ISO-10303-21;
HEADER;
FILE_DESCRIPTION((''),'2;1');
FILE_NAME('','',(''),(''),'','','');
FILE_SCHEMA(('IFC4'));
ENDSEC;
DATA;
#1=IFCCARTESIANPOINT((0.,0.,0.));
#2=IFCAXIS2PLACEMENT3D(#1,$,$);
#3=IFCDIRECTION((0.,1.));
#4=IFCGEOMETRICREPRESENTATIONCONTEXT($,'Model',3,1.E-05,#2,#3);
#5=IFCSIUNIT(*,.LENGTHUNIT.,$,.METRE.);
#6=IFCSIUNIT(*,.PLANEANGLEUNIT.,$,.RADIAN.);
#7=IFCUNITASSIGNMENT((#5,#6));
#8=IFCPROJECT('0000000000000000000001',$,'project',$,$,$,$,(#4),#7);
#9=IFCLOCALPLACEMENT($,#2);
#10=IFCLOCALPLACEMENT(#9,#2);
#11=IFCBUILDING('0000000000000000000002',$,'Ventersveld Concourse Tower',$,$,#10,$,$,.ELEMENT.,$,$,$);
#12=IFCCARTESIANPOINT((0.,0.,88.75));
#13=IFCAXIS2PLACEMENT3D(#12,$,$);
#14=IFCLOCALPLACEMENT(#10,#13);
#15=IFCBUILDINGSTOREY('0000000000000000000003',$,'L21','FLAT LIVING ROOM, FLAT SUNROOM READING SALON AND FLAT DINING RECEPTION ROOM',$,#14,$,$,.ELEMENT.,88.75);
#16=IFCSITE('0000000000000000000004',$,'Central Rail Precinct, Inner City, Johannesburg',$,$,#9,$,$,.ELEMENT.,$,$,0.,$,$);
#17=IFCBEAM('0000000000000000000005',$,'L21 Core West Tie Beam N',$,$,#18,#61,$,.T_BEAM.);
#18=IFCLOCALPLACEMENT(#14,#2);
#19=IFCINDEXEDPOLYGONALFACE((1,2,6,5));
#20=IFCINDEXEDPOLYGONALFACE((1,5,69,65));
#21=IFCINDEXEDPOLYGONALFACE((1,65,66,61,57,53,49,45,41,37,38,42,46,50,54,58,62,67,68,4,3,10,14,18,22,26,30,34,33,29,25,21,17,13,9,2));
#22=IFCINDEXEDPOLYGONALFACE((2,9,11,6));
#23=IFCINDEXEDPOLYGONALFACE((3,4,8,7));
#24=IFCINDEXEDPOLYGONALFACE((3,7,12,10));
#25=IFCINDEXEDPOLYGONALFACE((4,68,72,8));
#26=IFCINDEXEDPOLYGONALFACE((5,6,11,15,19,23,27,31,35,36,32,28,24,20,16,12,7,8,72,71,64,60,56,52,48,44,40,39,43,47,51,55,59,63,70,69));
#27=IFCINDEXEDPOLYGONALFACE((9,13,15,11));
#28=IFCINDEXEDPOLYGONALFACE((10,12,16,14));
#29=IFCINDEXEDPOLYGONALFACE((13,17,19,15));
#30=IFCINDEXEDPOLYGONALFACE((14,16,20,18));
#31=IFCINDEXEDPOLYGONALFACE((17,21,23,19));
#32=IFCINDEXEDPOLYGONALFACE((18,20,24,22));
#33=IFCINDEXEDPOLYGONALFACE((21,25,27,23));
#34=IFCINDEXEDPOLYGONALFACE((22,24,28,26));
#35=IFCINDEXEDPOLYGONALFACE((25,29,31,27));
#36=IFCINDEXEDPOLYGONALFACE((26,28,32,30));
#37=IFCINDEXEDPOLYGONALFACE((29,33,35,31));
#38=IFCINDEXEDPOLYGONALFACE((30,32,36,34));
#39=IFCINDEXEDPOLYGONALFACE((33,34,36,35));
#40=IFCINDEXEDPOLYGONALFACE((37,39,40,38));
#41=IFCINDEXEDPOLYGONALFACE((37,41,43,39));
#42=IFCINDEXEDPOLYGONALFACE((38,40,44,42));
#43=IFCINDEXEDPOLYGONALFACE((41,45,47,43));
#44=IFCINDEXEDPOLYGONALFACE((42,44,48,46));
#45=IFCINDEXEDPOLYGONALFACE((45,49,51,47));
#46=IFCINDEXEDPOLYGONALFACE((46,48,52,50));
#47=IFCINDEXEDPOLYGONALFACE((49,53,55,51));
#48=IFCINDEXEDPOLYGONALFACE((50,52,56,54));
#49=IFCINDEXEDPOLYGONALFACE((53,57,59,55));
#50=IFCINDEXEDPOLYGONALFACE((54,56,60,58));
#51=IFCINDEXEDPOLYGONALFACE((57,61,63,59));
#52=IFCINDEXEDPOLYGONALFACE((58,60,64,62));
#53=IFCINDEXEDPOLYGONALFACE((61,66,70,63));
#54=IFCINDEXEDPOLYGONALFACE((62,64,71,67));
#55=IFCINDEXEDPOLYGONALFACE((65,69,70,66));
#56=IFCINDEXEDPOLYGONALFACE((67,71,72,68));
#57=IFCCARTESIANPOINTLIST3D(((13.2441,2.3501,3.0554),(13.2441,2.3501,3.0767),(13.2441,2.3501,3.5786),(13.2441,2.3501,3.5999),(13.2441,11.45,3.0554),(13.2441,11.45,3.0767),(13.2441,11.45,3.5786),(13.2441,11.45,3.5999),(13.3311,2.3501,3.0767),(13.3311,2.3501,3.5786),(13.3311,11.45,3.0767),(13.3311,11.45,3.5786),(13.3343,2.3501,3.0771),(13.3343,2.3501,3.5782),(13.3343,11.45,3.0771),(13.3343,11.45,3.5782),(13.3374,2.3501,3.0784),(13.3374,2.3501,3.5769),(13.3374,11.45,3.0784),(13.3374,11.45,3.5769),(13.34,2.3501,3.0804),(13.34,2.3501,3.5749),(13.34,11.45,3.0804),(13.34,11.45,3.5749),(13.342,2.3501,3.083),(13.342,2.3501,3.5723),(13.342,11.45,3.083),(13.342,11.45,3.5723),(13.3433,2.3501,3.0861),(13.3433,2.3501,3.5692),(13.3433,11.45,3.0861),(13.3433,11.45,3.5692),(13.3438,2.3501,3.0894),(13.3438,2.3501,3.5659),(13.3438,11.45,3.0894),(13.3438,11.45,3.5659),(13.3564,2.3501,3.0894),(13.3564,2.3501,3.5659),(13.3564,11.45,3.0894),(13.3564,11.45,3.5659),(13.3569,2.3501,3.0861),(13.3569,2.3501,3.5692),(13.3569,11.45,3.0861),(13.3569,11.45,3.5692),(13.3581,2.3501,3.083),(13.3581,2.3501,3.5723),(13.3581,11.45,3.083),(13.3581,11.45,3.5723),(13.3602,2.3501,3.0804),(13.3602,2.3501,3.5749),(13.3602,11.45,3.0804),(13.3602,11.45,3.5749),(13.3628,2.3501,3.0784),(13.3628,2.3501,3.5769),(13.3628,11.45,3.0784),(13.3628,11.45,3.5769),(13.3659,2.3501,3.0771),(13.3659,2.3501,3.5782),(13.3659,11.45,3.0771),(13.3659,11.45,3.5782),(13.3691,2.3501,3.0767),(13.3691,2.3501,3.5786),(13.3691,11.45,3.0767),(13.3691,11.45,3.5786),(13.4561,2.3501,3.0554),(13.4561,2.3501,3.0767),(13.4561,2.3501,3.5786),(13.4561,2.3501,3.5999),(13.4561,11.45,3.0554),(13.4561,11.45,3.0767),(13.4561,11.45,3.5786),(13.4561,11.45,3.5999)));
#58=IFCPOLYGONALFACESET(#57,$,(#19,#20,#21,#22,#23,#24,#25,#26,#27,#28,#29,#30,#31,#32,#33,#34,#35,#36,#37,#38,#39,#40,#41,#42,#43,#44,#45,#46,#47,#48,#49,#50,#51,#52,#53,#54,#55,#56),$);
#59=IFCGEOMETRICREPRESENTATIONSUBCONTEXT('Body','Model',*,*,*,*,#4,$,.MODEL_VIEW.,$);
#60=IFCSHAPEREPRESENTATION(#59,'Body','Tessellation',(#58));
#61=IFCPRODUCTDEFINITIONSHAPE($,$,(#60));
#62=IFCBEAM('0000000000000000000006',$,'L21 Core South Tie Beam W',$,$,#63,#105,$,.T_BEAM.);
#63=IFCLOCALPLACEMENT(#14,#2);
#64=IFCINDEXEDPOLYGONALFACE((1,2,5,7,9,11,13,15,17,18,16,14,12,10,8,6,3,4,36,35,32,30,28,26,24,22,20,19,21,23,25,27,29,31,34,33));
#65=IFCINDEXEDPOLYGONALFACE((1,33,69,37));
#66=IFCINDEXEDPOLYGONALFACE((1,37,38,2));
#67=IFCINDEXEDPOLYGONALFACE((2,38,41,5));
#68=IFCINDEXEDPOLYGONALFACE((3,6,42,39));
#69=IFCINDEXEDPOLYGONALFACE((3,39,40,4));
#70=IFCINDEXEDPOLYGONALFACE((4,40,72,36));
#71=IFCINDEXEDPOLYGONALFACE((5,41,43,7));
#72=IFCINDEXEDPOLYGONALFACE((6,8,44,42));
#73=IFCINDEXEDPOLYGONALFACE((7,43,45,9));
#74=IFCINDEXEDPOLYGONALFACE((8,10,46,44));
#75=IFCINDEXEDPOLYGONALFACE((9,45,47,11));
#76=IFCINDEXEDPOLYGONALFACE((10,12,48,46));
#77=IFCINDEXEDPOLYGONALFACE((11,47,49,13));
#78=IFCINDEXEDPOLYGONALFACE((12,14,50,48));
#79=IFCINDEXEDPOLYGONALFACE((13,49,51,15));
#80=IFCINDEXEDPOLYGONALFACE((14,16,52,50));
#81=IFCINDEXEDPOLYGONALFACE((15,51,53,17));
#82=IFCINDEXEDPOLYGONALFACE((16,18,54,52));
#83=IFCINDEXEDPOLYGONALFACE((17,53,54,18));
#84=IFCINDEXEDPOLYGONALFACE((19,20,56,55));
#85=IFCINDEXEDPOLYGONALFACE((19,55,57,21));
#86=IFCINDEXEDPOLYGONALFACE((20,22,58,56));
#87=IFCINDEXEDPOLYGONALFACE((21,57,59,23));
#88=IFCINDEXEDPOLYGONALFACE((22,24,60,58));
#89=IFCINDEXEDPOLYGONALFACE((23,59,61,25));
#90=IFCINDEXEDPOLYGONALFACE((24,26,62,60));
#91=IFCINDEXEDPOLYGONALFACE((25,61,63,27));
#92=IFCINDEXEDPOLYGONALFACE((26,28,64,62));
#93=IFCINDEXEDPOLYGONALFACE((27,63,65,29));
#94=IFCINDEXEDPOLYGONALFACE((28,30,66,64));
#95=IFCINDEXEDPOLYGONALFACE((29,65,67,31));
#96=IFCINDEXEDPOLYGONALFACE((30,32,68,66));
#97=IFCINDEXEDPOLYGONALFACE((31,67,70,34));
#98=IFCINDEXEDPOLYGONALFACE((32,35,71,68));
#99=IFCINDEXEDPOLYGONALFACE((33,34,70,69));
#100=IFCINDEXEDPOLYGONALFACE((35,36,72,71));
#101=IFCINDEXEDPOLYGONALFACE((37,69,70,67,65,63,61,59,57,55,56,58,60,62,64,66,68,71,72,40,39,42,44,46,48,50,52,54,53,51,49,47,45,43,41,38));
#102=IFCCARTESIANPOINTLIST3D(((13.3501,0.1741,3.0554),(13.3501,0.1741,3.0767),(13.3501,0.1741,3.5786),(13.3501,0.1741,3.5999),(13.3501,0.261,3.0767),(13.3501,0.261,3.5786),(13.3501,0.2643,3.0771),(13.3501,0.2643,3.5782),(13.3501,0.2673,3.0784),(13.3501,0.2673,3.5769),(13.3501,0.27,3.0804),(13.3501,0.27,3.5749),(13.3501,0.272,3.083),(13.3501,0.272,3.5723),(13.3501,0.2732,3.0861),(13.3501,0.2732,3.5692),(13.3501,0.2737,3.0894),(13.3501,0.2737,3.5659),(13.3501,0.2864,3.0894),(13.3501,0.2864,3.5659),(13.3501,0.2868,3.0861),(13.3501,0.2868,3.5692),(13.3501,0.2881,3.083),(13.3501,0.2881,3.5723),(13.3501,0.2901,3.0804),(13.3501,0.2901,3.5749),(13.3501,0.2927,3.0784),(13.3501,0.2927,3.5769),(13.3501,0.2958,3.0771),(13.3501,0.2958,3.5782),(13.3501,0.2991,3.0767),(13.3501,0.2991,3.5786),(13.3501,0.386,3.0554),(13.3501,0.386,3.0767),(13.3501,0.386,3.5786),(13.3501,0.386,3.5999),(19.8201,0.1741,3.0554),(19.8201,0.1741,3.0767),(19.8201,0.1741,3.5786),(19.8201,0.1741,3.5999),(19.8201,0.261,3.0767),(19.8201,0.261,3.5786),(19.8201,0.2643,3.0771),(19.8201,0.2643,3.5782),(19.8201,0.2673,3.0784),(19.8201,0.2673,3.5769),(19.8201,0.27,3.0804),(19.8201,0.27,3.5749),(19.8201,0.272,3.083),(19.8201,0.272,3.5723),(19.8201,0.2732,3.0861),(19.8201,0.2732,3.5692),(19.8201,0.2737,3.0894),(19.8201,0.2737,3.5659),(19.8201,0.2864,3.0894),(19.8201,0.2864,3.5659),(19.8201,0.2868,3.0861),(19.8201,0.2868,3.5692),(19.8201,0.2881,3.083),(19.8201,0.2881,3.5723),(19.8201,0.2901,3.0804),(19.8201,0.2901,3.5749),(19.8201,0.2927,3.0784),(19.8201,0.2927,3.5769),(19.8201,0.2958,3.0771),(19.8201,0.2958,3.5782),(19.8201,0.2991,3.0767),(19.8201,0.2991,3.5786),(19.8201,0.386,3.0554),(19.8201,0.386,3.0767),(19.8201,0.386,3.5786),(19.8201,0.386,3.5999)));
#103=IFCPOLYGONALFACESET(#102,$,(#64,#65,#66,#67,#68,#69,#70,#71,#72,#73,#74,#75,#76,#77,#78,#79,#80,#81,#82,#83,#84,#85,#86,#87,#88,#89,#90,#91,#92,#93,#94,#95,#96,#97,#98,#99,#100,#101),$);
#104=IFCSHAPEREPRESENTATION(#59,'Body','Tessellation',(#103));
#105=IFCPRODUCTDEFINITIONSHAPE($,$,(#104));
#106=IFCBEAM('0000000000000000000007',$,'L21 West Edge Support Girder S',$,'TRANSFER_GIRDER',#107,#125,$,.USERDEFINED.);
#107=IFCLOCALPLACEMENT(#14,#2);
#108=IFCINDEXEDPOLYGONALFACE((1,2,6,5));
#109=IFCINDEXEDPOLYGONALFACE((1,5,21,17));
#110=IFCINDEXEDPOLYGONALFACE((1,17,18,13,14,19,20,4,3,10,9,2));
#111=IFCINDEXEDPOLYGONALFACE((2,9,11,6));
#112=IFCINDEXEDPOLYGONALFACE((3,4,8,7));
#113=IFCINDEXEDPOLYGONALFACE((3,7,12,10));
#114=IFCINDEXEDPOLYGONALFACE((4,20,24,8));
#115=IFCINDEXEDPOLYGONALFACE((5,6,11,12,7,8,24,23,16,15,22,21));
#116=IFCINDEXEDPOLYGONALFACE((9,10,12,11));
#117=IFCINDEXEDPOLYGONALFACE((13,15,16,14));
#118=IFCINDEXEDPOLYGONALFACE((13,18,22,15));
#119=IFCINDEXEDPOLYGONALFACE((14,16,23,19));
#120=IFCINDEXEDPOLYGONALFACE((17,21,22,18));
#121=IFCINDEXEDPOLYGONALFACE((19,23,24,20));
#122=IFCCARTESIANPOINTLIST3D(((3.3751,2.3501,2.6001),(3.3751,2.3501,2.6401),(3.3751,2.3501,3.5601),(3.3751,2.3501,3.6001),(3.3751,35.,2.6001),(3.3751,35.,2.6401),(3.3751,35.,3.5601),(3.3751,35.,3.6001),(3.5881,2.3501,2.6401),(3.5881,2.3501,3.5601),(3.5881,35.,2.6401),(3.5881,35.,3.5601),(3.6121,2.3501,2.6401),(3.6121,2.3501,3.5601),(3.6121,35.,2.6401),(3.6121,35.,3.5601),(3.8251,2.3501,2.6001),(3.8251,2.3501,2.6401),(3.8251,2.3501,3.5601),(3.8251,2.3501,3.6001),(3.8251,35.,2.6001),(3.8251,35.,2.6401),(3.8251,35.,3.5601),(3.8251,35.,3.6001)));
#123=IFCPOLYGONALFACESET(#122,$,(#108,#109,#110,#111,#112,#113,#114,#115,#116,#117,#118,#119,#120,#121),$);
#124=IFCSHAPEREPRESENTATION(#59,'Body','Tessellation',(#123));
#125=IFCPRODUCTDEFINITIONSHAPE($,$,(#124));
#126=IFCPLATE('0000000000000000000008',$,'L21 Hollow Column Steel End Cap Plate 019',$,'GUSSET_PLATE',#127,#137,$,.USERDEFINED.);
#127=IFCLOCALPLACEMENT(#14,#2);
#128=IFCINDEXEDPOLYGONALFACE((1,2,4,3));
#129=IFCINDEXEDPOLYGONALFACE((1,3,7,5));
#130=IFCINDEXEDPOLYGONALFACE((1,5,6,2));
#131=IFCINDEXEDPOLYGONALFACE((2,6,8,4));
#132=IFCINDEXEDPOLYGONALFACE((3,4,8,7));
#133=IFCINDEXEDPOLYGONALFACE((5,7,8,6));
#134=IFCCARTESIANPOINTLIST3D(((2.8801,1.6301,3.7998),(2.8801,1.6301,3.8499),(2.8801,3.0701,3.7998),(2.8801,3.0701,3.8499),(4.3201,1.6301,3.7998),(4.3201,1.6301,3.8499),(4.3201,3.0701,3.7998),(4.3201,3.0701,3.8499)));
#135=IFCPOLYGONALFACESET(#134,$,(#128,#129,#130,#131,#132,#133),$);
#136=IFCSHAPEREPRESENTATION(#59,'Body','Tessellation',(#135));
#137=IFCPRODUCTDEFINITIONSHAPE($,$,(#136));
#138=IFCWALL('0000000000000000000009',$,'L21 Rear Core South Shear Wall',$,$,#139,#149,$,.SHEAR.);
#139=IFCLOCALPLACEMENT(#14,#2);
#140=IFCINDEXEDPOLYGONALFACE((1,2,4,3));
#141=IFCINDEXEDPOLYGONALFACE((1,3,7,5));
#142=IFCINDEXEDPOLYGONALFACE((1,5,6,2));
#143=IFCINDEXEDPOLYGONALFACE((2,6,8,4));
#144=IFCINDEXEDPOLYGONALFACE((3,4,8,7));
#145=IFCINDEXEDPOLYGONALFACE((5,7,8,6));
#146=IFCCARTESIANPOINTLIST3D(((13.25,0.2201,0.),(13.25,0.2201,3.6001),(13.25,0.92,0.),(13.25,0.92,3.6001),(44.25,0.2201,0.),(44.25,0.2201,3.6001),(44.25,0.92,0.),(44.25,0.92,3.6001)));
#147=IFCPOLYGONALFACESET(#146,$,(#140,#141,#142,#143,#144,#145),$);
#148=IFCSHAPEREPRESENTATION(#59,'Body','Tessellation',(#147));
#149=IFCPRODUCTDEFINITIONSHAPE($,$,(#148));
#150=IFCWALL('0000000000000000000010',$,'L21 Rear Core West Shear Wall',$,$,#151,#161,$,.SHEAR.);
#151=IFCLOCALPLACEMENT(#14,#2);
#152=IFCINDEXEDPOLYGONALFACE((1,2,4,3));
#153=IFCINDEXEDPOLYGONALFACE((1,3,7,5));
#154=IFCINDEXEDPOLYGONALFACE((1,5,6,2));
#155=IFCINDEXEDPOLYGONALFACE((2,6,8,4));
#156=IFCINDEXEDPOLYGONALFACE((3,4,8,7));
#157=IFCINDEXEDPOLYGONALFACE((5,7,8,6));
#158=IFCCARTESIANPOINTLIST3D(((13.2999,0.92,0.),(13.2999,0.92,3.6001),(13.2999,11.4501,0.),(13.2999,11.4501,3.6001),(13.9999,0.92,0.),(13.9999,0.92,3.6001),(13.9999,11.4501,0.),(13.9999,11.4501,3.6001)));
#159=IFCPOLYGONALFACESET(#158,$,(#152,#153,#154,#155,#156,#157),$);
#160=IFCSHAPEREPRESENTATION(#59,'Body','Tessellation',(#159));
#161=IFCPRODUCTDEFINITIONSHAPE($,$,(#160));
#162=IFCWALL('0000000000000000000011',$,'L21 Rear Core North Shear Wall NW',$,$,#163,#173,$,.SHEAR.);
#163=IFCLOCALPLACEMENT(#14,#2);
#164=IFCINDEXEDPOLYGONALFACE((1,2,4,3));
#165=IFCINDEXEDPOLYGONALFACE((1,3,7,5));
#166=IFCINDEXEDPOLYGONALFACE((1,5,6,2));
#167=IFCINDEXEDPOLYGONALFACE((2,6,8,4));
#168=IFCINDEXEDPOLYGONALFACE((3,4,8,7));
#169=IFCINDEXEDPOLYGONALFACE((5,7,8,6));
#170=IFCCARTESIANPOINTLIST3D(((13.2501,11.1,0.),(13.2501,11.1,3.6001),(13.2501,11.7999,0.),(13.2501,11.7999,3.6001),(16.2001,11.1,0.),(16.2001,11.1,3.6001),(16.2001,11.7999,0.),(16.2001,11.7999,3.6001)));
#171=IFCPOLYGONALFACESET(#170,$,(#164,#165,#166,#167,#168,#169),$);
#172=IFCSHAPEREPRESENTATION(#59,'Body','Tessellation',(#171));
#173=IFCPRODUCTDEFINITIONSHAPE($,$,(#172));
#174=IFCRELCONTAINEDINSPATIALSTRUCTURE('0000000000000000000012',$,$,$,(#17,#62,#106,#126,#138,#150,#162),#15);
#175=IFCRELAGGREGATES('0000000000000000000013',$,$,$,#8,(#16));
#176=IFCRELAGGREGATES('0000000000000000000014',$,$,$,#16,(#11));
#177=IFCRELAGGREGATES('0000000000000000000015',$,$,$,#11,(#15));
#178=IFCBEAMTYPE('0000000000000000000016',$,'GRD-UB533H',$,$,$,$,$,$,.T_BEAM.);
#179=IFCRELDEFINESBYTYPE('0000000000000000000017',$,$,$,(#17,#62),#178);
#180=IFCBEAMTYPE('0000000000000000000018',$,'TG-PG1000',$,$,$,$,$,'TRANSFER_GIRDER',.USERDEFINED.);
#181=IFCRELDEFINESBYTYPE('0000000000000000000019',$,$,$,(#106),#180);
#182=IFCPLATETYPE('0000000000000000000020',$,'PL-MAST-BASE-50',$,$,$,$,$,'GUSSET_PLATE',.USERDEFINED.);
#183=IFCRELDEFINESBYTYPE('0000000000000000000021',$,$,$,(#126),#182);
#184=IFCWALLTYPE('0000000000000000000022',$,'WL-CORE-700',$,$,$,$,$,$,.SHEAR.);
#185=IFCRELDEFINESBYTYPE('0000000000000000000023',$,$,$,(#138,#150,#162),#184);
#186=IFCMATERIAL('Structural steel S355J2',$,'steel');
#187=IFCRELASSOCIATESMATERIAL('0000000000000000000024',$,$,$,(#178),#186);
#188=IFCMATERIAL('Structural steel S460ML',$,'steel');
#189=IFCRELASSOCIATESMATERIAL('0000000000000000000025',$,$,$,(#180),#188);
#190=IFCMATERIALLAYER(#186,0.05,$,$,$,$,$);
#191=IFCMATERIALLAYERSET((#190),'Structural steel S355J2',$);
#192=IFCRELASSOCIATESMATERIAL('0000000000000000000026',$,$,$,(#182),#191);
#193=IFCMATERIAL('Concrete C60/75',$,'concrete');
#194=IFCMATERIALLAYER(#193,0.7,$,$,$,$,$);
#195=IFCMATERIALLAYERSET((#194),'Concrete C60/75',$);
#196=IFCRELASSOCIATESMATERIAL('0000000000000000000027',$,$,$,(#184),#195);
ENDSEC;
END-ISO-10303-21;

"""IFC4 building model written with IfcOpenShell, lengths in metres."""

from ifc_helpers import new_model, si_unit, direction, frame, frame_2d, origin, origin_2d, place, context, subcontext, project, spatial, rectangle, i_section, extrude, material, layer, layer_set, material_profile, profile_set, type_object, element, save


model = new_model("IFC4")

# Units and contexts
model_context = context("Model", 3, precision=1e-05, world=origin(), true_north=direction((0.0, 1.0)))
body_context = subcontext(model_context, "Body", "Model", "MODEL_VIEW")
ifc_project = project(units=[si_unit("LENGTHUNIT", "METRE"), si_unit("PLANEANGLEUNIT", "RADIAN")], contexts=[model_context])

# Site, building, storey
site_placement = place(None, origin())
site = spatial("IfcSite", under=ifc_project, at=site_placement, Name="Central Rail Precinct, Inner City, Johannesburg", CompositionType="ELEMENT", RefElevation=0.0)
building_placement = place(site_placement, origin())
building = spatial("IfcBuilding", under=site, at=building_placement, Name="Ventersveld Concourse Tower", CompositionType="ELEMENT")
storey_placement = place(building_placement, frame((0.0, 0.0, 88.75)))
storey = spatial("IfcBuildingStorey", under=building, at=storey_placement, Name="L21", Description="FLAT LIVING ROOM, FLAT SUNROOM READING SALON AND FLAT DINING RECEPTION ROOM", CompositionType="ELEMENT", Elevation=88.75)

# Beams
ifc_material_1 = material(Name="Structural steel S355J2", Category="steel")
ifc_material_profile_1 = material_profile(ifc_material_1, i_section(OverallWidth=0.2119, OverallDepth=0.5444, WebThickness=0.0127, FlangeThickness=0.0212, FilletRadius=0.0127, at=origin_2d()), Name="UB 533x210x122")
ifc_profile_set_1 = profile_set([ifc_material_profile_1], Name="Structural steel S355J2")
beam_type_1 = type_object("IfcBeamType", Name="GRD-UB533H", PredefinedType="T_BEAM", material=ifc_profile_set_1)
beam_1_placement = place(storey_placement, frame((13.3501, 2.3501, 3.3276), z_axis=(0.0, 1.0, 0.0), x_axis=(-1.0, 0.0, 0.0)))
element("IfcBeam", 1, at=beam_1_placement, inside=storey, type_object=beam_type_1, Name="L21 Core West Tie Beam N", PredefinedType="T_BEAM", context=body_context, shape_type="SweptSolid", body=[
    extrude(i_section(OverallWidth=0.2119, OverallDepth=0.5444, WebThickness=0.0127, FlangeThickness=0.0212, FilletRadius=0.0127, at=origin_2d()), origin(), (0.0, 0.0, 1.0), 9.0999),
])
beam_2_placement = place(storey_placement, frame((13.3501, 0.28, 3.3276), z_axis=(1.0, 0.0, 0.0), x_axis=(0.0, 1.0, 0.0)))
element("IfcBeam", 2, at=beam_2_placement, inside=storey, type_object=beam_type_1, Name="L21 Core South Tie Beam W", PredefinedType="T_BEAM", context=body_context, shape_type="SweptSolid", body=[
    extrude(i_section(OverallWidth=0.2119, OverallDepth=0.5444, WebThickness=0.0127, FlangeThickness=0.0212, FilletRadius=0.0127, at=origin_2d()), origin(), (0.0, 0.0, 1.0), 6.47),
])
ifc_material_2 = material(Name="Structural steel S460ML", Category="steel")
ifc_material_profile_2 = material_profile(ifc_material_2, i_section(OverallWidth=0.45, OverallDepth=1.0, WebThickness=0.0239, FlangeThickness=0.04, at=origin_2d()), Name="PG 1000x450x40")
ifc_profile_set_2 = profile_set([ifc_material_profile_2], Name="Structural steel S460ML")
beam_type_2 = type_object("IfcBeamType", Name="TG-PG1000", ElementType="TRANSFER_GIRDER", PredefinedType="USERDEFINED", material=ifc_profile_set_2)
beam_3_placement = place(storey_placement, frame((3.6001, 2.3501, 3.1001), z_axis=(0.0, 1.0, 0.0), x_axis=(-1.0, 0.0, 0.0)))
element("IfcBeam", 3, at=beam_3_placement, inside=storey, type_object=beam_type_2, Name="L21 West Edge Support Girder S", ObjectType="TRANSFER_GIRDER", PredefinedType="USERDEFINED", context=body_context, shape_type="SweptSolid", body=[
    extrude(i_section(OverallWidth=0.45, OverallDepth=1.0, WebThickness=0.0239, FlangeThickness=0.04, at=origin_2d()), origin(), (0.0, 0.0, 1.0), 32.6499),
])

# Plate
ifc_layer_1 = layer(ifc_material_1, 0.05)
ifc_layer_set_1 = layer_set([ifc_layer_1], Name="Structural steel S355J2")
plate_type = type_object("IfcPlateType", Name="PL-MAST-BASE-50", ElementType="GUSSET_PLATE", PredefinedType="USERDEFINED", material=ifc_layer_set_1)
plate_placement = place(storey_placement, frame((3.6001, 2.3501, 3.7998), z_axis=(0.0, 0.0, 1.0), x_axis=(1.0, 0.0, 0.0)))
element("IfcPlate", 4, at=plate_placement, inside=storey, type_object=plate_type, Name="L21 Hollow Column Steel End Cap Plate 019", ObjectType="GUSSET_PLATE", PredefinedType="USERDEFINED", context=body_context, shape_type="SweptSolid", body=[
    extrude(rectangle(XDim=1.4399, YDim=1.4399, at=origin_2d()), origin(), (0.0, 0.0, 1.0), 0.05),
])

# Walls
ifc_material_3 = material(Name="Concrete C60/75", Category="concrete")
ifc_layer_2 = layer(ifc_material_3, 0.7)
ifc_layer_set_2 = layer_set([ifc_layer_2], Name="Concrete C60/75")
wall_type_1 = type_object("IfcWallType", Name="WL-CORE-700", PredefinedType="SHEAR", material=ifc_layer_set_2)
wall_1_placement = place(storey_placement, frame((13.25, 0.5701, 0.0), z_axis=(0.0, 0.0, 1.0), x_axis=(1.0, 0.0, 0.0)))
element("IfcWall", 5, at=wall_1_placement, inside=storey, type_object=wall_type_1, Name="L21 Rear Core South Shear Wall", PredefinedType="SHEAR", context=body_context, shape_type="SweptSolid", body=[
    extrude(rectangle(XDim=31.0, YDim=0.7, at=frame_2d((15.5, 0.0))), origin(), (0.0, 0.0, 1.0), 3.6001),
])
wall_2_placement = place(storey_placement, frame((13.6499, 0.9199, 0.0), z_axis=(0.0, 0.0, 1.0), x_axis=(0.0, 1.0, 0.0)))
element("IfcWall", 6, at=wall_2_placement, inside=storey, type_object=wall_type_1, Name="L21 Rear Core West Shear Wall", PredefinedType="SHEAR", context=body_context, shape_type="SweptSolid", body=[
    extrude(rectangle(XDim=10.53, YDim=0.7, at=frame_2d((5.2651, 0.0))), origin(), (0.0, 0.0, 1.0), 3.6001),
])
wall_3_placement = place(storey_placement, frame((13.25, 11.45, 0.0), z_axis=(0.0, 0.0, 1.0), x_axis=(1.0, 0.0, 0.0)))
element("IfcWall", 7, at=wall_3_placement, inside=storey, type_object=wall_type_1, Name="L21 Rear Core North Shear Wall NW", PredefinedType="SHEAR", context=body_context, shape_type="SweptSolid", body=[
    extrude(rectangle(XDim=2.95, YDim=0.7, at=frame_2d((1.4751, 0.0))), origin(), (0.0, 0.0, 1.0), 3.6001),
])

save(model, "model.ifc")
